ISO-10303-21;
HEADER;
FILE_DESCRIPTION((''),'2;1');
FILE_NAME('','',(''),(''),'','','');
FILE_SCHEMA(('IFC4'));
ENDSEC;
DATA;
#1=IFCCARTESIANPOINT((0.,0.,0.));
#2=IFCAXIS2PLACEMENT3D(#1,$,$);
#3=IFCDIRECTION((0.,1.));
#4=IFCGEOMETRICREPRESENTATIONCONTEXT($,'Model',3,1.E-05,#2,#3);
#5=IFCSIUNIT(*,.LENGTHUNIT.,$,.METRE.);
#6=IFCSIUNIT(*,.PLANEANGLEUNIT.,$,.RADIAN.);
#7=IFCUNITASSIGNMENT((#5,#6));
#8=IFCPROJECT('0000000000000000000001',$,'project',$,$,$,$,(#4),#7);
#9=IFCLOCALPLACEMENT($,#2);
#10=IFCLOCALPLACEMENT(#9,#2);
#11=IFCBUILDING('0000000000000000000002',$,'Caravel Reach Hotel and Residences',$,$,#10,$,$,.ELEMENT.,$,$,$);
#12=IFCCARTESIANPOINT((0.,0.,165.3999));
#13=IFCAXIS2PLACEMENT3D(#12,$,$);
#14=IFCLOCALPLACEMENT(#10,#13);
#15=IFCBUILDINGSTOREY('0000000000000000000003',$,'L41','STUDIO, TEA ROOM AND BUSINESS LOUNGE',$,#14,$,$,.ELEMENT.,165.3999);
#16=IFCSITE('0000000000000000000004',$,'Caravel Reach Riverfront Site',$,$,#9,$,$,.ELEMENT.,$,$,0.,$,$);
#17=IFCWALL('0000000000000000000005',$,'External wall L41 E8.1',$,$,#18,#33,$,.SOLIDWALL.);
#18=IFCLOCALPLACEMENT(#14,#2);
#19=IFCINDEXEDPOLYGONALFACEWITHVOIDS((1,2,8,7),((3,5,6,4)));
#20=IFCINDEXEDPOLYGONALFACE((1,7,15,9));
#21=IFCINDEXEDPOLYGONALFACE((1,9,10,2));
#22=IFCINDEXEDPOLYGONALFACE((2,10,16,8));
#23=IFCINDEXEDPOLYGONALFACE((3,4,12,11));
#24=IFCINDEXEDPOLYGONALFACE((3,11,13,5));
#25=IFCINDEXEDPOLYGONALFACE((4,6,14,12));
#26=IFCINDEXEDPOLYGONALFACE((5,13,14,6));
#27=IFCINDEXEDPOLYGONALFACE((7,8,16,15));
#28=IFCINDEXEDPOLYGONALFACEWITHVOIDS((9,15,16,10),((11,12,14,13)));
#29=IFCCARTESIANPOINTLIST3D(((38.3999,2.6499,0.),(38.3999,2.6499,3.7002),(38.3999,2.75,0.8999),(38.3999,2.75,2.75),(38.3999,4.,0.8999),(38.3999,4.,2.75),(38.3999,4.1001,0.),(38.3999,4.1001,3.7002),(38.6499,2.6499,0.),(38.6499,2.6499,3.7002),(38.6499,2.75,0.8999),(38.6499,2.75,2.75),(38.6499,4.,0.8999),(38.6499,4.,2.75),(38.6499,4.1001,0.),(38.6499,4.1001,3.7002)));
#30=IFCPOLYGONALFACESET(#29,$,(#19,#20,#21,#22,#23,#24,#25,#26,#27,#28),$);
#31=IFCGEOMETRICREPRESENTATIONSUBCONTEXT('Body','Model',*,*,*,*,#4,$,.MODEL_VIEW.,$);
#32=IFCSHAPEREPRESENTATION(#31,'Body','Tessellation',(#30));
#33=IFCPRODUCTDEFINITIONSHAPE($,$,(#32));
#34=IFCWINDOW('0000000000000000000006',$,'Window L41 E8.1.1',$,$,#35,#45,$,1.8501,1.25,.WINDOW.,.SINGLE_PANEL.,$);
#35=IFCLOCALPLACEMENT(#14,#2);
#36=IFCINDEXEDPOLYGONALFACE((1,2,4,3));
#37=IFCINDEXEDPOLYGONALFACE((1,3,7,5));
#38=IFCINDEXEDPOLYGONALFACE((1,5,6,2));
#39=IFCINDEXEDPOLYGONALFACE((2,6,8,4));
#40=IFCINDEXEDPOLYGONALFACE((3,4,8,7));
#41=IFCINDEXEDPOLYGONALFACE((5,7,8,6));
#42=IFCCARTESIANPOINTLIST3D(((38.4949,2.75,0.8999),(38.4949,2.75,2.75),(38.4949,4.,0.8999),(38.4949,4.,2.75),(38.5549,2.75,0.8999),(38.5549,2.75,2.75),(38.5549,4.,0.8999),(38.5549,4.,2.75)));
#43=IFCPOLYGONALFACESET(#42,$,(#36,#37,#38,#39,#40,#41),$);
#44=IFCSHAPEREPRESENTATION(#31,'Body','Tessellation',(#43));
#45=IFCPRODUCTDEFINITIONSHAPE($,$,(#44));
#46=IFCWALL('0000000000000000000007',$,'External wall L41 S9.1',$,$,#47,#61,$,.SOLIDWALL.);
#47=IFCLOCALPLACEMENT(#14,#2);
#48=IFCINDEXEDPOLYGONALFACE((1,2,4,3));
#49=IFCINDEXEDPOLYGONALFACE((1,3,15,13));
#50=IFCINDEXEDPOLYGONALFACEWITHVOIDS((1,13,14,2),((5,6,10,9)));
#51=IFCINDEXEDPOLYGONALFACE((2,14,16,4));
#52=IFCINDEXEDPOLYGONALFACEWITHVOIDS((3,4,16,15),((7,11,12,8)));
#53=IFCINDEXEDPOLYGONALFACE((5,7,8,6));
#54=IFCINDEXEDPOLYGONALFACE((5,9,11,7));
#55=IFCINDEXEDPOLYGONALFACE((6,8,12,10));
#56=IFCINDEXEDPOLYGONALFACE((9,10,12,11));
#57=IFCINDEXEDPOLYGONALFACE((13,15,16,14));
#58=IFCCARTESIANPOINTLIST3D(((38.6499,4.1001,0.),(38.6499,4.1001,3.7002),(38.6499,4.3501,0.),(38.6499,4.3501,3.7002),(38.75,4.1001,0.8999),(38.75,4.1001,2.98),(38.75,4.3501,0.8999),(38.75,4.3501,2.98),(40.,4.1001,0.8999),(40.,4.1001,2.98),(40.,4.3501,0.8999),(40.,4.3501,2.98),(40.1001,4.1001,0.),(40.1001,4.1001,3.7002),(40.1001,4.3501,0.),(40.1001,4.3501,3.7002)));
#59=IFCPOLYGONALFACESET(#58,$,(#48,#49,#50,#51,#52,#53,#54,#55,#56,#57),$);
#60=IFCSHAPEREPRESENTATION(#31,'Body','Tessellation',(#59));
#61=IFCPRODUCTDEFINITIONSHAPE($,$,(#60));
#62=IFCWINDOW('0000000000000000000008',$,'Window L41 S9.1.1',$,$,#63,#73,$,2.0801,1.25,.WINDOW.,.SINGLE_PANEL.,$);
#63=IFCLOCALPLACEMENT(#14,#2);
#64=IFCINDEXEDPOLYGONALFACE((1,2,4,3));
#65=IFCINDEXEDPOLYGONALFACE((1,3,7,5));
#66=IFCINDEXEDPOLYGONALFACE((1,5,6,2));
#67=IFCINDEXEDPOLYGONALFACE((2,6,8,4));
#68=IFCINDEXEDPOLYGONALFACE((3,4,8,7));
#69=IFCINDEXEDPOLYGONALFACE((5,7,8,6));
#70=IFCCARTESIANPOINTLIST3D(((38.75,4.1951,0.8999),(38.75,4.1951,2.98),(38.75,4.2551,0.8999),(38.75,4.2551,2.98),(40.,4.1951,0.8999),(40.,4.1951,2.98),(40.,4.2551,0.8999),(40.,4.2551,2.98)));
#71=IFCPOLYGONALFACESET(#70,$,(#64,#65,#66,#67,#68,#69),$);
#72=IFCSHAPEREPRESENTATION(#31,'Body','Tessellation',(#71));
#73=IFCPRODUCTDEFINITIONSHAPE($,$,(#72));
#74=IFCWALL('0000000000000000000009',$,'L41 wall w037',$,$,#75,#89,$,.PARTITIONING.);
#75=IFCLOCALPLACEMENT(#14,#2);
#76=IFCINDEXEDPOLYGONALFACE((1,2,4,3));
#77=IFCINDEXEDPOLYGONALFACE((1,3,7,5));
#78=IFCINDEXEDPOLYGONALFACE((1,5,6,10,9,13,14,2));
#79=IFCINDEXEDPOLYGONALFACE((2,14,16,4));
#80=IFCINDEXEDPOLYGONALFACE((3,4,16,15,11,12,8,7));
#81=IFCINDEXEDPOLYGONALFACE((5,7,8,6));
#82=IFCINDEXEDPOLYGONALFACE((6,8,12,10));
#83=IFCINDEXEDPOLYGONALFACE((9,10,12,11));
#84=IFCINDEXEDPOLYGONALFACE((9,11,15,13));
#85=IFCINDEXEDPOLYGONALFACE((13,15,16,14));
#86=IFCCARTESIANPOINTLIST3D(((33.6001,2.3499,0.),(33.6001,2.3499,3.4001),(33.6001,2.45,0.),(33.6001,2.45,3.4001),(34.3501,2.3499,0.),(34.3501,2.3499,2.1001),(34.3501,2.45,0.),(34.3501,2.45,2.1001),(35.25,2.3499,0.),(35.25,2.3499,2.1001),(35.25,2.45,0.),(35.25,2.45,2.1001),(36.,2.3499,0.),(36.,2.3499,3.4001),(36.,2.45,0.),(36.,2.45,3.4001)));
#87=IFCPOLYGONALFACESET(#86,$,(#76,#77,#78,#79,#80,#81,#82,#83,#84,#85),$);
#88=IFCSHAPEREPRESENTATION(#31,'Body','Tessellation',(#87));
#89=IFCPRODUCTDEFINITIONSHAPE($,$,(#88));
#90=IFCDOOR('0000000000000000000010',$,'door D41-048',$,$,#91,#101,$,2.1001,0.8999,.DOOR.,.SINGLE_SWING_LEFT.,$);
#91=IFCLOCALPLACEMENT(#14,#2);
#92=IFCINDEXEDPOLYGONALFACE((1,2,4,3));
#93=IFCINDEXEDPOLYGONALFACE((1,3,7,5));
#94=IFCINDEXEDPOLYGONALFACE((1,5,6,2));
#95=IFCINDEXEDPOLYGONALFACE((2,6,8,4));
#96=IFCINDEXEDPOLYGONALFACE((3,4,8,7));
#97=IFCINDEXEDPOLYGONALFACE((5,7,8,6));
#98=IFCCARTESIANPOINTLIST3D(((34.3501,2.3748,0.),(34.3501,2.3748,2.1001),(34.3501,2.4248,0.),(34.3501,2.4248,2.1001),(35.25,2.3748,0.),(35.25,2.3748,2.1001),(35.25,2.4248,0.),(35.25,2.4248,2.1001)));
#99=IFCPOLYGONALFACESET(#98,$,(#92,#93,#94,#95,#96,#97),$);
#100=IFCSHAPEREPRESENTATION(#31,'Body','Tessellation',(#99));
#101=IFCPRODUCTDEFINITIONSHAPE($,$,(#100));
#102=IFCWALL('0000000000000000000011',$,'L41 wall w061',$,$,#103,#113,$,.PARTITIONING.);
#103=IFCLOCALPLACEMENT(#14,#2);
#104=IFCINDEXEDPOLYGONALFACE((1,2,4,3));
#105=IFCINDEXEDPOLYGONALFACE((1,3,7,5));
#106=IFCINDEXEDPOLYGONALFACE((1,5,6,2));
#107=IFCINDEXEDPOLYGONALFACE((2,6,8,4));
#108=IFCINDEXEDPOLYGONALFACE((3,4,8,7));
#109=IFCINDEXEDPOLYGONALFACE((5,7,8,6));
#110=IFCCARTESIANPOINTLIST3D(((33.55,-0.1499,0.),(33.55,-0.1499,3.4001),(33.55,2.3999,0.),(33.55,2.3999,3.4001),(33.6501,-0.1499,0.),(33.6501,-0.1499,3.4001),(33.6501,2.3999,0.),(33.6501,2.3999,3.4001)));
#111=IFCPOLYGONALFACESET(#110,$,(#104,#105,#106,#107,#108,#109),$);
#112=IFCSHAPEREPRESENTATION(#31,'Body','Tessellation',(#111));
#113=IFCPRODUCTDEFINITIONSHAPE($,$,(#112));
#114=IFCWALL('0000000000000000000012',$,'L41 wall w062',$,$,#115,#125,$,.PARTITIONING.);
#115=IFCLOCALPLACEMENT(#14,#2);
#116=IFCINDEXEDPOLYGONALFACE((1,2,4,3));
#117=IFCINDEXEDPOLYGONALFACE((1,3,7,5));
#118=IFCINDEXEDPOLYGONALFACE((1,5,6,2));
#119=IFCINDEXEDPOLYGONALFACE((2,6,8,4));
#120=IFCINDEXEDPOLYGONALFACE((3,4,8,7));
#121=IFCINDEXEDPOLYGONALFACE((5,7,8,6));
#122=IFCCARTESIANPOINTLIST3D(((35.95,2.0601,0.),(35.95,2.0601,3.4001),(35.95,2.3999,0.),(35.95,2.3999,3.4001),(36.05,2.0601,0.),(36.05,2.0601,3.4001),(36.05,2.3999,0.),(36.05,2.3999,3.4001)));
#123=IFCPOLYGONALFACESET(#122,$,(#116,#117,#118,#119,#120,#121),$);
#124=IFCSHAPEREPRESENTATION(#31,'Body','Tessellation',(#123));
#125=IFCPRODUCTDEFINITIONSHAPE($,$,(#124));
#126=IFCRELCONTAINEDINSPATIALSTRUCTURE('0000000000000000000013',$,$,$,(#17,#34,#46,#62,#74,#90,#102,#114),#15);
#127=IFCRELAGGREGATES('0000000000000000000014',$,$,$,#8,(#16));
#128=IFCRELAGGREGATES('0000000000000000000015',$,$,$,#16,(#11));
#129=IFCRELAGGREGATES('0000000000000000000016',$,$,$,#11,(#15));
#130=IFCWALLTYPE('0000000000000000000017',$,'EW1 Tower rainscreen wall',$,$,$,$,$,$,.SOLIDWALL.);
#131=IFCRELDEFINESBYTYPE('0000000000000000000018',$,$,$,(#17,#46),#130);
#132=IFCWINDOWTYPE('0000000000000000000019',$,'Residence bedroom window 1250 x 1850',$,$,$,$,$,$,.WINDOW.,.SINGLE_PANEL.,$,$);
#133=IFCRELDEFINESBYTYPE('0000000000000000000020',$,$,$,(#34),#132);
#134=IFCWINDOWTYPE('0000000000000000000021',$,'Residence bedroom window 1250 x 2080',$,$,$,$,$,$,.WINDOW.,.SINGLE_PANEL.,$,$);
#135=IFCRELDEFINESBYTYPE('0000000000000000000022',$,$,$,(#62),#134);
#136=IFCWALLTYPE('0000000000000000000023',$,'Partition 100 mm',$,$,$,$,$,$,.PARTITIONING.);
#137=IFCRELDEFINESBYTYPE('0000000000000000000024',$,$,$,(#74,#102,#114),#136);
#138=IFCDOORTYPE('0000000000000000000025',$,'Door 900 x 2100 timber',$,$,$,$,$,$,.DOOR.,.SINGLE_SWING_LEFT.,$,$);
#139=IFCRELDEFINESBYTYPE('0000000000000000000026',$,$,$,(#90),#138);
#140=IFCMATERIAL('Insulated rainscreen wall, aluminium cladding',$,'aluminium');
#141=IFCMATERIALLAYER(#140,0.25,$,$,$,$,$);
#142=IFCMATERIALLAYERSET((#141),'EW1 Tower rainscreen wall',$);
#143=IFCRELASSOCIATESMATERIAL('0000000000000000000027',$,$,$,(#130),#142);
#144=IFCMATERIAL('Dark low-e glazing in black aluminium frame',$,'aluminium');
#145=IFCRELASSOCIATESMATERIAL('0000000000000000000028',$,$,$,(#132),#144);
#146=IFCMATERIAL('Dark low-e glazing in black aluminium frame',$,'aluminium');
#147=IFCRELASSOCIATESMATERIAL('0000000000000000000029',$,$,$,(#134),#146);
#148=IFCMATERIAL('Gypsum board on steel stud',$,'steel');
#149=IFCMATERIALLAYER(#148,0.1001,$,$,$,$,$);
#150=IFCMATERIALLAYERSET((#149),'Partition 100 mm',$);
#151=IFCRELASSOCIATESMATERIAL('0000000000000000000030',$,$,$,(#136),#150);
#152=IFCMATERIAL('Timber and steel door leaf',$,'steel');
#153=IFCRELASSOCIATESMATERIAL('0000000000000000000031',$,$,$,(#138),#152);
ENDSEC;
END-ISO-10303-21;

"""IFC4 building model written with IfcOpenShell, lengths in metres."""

from ifc_helpers import new_model, si_unit, direction, frame, frame_2d, origin, place, context, subcontext, project, spatial, rectangle, extrude, material, layer, layer_set, type_object, element, fill, save


model = new_model("IFC4")

# Units and contexts
model_context = context("Model", 3, precision=1e-05, world=origin(), true_north=direction((0.0, 1.0)))
body_context = subcontext(model_context, "Body", "Model", "MODEL_VIEW")
ifc_project = project(units=[si_unit("LENGTHUNIT", "METRE"), si_unit("PLANEANGLEUNIT", "RADIAN")], contexts=[model_context])

# Site, building, storey
site_placement = place(None, origin())
site = spatial("IfcSite", under=ifc_project, at=site_placement, Name="Caravel Reach Riverfront Site", CompositionType="ELEMENT", RefElevation=0.0)
building_placement = place(site_placement, origin())
building = spatial("IfcBuilding", under=site, at=building_placement, Name="Caravel Reach Hotel and Residences", CompositionType="ELEMENT")
storey_placement = place(building_placement, frame((0.0, 0.0, 165.3999)))
storey = spatial("IfcBuildingStorey", under=building, at=storey_placement, Name="L41", Description="STUDIO, TEA ROOM AND BUSINESS LOUNGE", CompositionType="ELEMENT", Elevation=165.3999)

# Walls, openings, windows
ifc_material_1 = material(Name="Insulated rainscreen wall, aluminium cladding", Category="aluminium")
ifc_layer_1 = layer(ifc_material_1, 0.25)
ifc_layer_set_1 = layer_set([ifc_layer_1], Name="EW1 Tower rainscreen wall")
wall_type_1 = type_object("IfcWallType", Name="EW1 Tower rainscreen wall", PredefinedType="SOLIDWALL", material=ifc_layer_set_1)
ifc_material_2 = material(Name="Dark low-e glazing in black aluminium frame", Category="aluminium")
window_type_1 = type_object("IfcWindowType", Name="Residence bedroom window 1250 x 1850", PartitioningType="SINGLE_PANEL", PredefinedType="WINDOW", material=ifc_material_2)
wall_1_placement = place(storey_placement, frame((38.5249, 2.6499, 0.0), z_axis=(0.0, 0.0, 1.0), x_axis=(0.0, 1.0, 0.0)))
wall_1 = element("IfcWall", 1, at=wall_1_placement, inside=storey, type_object=wall_type_1, Name="External wall L41 E8.1", PredefinedType="SOLIDWALL", context=body_context, shape_type="SweptSolid", body=[
    extrude(rectangle(XDim=1.4502, YDim=0.25, at=frame_2d((0.7251, 0.0))), origin(), (0.0, 0.0, 1.0), 3.7002),
])
opening_1_placement = place(wall_1_placement, frame((0.1001, 0.0, 0.8999)))
opening_1 = element("IfcOpeningElement", 2, at=opening_1_placement, cuts=wall_1, PredefinedType="OPENING", context=body_context, shape_type="SweptSolid", body=[
    extrude(rectangle(XDim=1.25, YDim=1.8501, at=frame_2d((0.625, 0.925))), frame((0.0, 0.135, 0.0), z_axis=(0.0, -1.0, 0.0), x_axis=(1.0, 0.0, 0.0)), (0.0, 0.0, 1.0), 0.27),
])
window_1_placement = place(opening_1_placement, origin())
window_1 = element("IfcWindow", 3, at=window_1_placement, inside=storey, type_object=window_type_1, Name="Window L41 E8.1.1", OverallHeight=1.8501, OverallWidth=1.25, PartitioningType="SINGLE_PANEL", PredefinedType="WINDOW", context=body_context, shape_type="SweptSolid", body=[
    extrude(rectangle(XDim=1.25, YDim=1.8501, at=frame_2d((0.625, 0.925))), frame((0.0, 0.03, 0.0), z_axis=(0.0, -1.0, 0.0), x_axis=(1.0, 0.0, 0.0)), (0.0, 0.0, 1.0), 0.0601),
])
fill(opening_1, window_1)
wall_2_placement = place(storey_placement, frame((38.6499, 4.2251, 0.0), z_axis=(0.0, 0.0, 1.0), x_axis=(1.0, 0.0, 0.0)))
wall_2 = element("IfcWall", 4, at=wall_2_placement, inside=storey, type_object=wall_type_1, Name="External wall L41 S9.1", PredefinedType="SOLIDWALL", context=body_context, shape_type="SweptSolid", body=[
    extrude(rectangle(XDim=1.4502, YDim=0.25, at=frame_2d((0.7251, 0.0))), origin(), (0.0, 0.0, 1.0), 3.7002),
])
opening_2_placement = place(wall_2_placement, frame((0.1001, 0.0, 0.8999)))
opening_2 = element("IfcOpeningElement", 5, at=opening_2_placement, cuts=wall_2, PredefinedType="OPENING", context=body_context, shape_type="SweptSolid", body=[
    extrude(rectangle(XDim=1.25, YDim=2.0801, at=frame_2d((0.625, 1.04))), frame((0.0, 0.135, 0.0), z_axis=(0.0, -1.0, 0.0), x_axis=(1.0, 0.0, 0.0)), (0.0, 0.0, 1.0), 0.27),
])
ifc_material_3 = material(Name="Dark low-e glazing in black aluminium frame", Category="aluminium")
window_type_2 = type_object("IfcWindowType", Name="Residence bedroom window 1250 x 2080", PartitioningType="SINGLE_PANEL", PredefinedType="WINDOW", material=ifc_material_3)
window_2_placement = place(opening_2_placement, origin())
window_2 = element("IfcWindow", 6, at=window_2_placement, inside=storey, type_object=window_type_2, Name="Window L41 S9.1.1", OverallHeight=2.0801, OverallWidth=1.25, PartitioningType="SINGLE_PANEL", PredefinedType="WINDOW", context=body_context, shape_type="SweptSolid", body=[
    extrude(rectangle(XDim=1.25, YDim=2.0801, at=frame_2d((0.625, 1.04))), frame((0.0, 0.03, 0.0), z_axis=(0.0, -1.0, 0.0), x_axis=(1.0, 0.0, 0.0)), (0.0, 0.0, 1.0), 0.0601),
])
fill(opening_2, window_2)

# Wall, opening, door
ifc_material_4 = material(Name="Gypsum board on steel stud", Category="steel")
ifc_layer_2 = layer(ifc_material_4, 0.1001)
ifc_layer_set_2 = layer_set([ifc_layer_2], Name="Partition 100 mm")
wall_type_2 = type_object("IfcWallType", Name="Partition 100 mm", PredefinedType="PARTITIONING", material=ifc_layer_set_2)
wall_3_placement = place(storey_placement, frame((33.6001, 2.3999, 0.0), z_axis=(0.0, 0.0, 1.0), x_axis=(1.0, 0.0, 0.0)))
wall_3 = element("IfcWall", 7, at=wall_3_placement, inside=storey, type_object=wall_type_2, Name="L41 wall w037", PredefinedType="PARTITIONING", context=body_context, shape_type="SweptSolid", body=[
    extrude(rectangle(XDim=2.3999, YDim=0.1001, at=frame_2d((1.2, 0.0))), origin(), (0.0, 0.0, 1.0), 3.4001),
])
opening_3_placement = place(wall_3_placement, frame((0.75, 0.0, 0.0)))
opening_3 = element("IfcOpeningElement", 8, at=opening_3_placement, cuts=wall_3, PredefinedType="OPENING", context=body_context, shape_type="SweptSolid", body=[
    extrude(rectangle(XDim=0.8999, YDim=2.1001, at=frame_2d((0.45, 1.05))), frame((0.0, 0.0601, 0.0), z_axis=(0.0, -1.0, 0.0), x_axis=(1.0, 0.0, 0.0)), (0.0, 0.0, 1.0), 0.1201),
])
ifc_material_5 = material(Name="Timber and steel door leaf", Category="steel")
door_type_1 = type_object("IfcDoorType", Name="Door 900 x 2100 timber", OperationType="SINGLE_SWING_LEFT", PredefinedType="DOOR", material=ifc_material_5)
door_1_placement = place(opening_3_placement, origin())
door_1 = element("IfcDoor", 9, at=door_1_placement, inside=storey, type_object=door_type_1, Name="door D41-048", OperationType="SINGLE_SWING_LEFT", OverallHeight=2.1001, OverallWidth=0.8999, PredefinedType="DOOR", context=body_context, shape_type="SweptSolid", body=[
    extrude(rectangle(XDim=0.8999, YDim=2.1001, at=frame_2d((0.45, 1.05))), frame((0.0, 0.0249, 0.0), z_axis=(0.0, -1.0, 0.0), x_axis=(1.0, 0.0, 0.0)), (0.0, 0.0, 1.0), 0.05),
])
fill(opening_3, door_1)

# Walls
wall_4_placement = place(storey_placement, frame((33.6001, -0.1499, 0.0), z_axis=(0.0, 0.0, 1.0), x_axis=(0.0, 1.0, 0.0)))
element("IfcWall", 10, at=wall_4_placement, inside=storey, type_object=wall_type_2, Name="L41 wall w061", PredefinedType="PARTITIONING", context=body_context, shape_type="SweptSolid", body=[
    extrude(rectangle(XDim=2.5498, YDim=0.1001, at=frame_2d((1.2749, 0.0))), origin(), (0.0, 0.0, 1.0), 3.4001),
])
wall_5_placement = place(storey_placement, frame((36.0, 2.0601, 0.0), z_axis=(0.0, 0.0, 1.0), x_axis=(0.0, 1.0, 0.0)))
element("IfcWall", 11, at=wall_5_placement, inside=storey, type_object=wall_type_2, Name="L41 wall w062", PredefinedType="PARTITIONING", context=body_context, shape_type="SweptSolid", body=[
    extrude(rectangle(XDim=0.3398, YDim=0.1001, at=frame_2d((0.1699, 0.0))), origin(), (0.0, 0.0, 1.0), 3.4001),
])

save(model, "model.ifc")
